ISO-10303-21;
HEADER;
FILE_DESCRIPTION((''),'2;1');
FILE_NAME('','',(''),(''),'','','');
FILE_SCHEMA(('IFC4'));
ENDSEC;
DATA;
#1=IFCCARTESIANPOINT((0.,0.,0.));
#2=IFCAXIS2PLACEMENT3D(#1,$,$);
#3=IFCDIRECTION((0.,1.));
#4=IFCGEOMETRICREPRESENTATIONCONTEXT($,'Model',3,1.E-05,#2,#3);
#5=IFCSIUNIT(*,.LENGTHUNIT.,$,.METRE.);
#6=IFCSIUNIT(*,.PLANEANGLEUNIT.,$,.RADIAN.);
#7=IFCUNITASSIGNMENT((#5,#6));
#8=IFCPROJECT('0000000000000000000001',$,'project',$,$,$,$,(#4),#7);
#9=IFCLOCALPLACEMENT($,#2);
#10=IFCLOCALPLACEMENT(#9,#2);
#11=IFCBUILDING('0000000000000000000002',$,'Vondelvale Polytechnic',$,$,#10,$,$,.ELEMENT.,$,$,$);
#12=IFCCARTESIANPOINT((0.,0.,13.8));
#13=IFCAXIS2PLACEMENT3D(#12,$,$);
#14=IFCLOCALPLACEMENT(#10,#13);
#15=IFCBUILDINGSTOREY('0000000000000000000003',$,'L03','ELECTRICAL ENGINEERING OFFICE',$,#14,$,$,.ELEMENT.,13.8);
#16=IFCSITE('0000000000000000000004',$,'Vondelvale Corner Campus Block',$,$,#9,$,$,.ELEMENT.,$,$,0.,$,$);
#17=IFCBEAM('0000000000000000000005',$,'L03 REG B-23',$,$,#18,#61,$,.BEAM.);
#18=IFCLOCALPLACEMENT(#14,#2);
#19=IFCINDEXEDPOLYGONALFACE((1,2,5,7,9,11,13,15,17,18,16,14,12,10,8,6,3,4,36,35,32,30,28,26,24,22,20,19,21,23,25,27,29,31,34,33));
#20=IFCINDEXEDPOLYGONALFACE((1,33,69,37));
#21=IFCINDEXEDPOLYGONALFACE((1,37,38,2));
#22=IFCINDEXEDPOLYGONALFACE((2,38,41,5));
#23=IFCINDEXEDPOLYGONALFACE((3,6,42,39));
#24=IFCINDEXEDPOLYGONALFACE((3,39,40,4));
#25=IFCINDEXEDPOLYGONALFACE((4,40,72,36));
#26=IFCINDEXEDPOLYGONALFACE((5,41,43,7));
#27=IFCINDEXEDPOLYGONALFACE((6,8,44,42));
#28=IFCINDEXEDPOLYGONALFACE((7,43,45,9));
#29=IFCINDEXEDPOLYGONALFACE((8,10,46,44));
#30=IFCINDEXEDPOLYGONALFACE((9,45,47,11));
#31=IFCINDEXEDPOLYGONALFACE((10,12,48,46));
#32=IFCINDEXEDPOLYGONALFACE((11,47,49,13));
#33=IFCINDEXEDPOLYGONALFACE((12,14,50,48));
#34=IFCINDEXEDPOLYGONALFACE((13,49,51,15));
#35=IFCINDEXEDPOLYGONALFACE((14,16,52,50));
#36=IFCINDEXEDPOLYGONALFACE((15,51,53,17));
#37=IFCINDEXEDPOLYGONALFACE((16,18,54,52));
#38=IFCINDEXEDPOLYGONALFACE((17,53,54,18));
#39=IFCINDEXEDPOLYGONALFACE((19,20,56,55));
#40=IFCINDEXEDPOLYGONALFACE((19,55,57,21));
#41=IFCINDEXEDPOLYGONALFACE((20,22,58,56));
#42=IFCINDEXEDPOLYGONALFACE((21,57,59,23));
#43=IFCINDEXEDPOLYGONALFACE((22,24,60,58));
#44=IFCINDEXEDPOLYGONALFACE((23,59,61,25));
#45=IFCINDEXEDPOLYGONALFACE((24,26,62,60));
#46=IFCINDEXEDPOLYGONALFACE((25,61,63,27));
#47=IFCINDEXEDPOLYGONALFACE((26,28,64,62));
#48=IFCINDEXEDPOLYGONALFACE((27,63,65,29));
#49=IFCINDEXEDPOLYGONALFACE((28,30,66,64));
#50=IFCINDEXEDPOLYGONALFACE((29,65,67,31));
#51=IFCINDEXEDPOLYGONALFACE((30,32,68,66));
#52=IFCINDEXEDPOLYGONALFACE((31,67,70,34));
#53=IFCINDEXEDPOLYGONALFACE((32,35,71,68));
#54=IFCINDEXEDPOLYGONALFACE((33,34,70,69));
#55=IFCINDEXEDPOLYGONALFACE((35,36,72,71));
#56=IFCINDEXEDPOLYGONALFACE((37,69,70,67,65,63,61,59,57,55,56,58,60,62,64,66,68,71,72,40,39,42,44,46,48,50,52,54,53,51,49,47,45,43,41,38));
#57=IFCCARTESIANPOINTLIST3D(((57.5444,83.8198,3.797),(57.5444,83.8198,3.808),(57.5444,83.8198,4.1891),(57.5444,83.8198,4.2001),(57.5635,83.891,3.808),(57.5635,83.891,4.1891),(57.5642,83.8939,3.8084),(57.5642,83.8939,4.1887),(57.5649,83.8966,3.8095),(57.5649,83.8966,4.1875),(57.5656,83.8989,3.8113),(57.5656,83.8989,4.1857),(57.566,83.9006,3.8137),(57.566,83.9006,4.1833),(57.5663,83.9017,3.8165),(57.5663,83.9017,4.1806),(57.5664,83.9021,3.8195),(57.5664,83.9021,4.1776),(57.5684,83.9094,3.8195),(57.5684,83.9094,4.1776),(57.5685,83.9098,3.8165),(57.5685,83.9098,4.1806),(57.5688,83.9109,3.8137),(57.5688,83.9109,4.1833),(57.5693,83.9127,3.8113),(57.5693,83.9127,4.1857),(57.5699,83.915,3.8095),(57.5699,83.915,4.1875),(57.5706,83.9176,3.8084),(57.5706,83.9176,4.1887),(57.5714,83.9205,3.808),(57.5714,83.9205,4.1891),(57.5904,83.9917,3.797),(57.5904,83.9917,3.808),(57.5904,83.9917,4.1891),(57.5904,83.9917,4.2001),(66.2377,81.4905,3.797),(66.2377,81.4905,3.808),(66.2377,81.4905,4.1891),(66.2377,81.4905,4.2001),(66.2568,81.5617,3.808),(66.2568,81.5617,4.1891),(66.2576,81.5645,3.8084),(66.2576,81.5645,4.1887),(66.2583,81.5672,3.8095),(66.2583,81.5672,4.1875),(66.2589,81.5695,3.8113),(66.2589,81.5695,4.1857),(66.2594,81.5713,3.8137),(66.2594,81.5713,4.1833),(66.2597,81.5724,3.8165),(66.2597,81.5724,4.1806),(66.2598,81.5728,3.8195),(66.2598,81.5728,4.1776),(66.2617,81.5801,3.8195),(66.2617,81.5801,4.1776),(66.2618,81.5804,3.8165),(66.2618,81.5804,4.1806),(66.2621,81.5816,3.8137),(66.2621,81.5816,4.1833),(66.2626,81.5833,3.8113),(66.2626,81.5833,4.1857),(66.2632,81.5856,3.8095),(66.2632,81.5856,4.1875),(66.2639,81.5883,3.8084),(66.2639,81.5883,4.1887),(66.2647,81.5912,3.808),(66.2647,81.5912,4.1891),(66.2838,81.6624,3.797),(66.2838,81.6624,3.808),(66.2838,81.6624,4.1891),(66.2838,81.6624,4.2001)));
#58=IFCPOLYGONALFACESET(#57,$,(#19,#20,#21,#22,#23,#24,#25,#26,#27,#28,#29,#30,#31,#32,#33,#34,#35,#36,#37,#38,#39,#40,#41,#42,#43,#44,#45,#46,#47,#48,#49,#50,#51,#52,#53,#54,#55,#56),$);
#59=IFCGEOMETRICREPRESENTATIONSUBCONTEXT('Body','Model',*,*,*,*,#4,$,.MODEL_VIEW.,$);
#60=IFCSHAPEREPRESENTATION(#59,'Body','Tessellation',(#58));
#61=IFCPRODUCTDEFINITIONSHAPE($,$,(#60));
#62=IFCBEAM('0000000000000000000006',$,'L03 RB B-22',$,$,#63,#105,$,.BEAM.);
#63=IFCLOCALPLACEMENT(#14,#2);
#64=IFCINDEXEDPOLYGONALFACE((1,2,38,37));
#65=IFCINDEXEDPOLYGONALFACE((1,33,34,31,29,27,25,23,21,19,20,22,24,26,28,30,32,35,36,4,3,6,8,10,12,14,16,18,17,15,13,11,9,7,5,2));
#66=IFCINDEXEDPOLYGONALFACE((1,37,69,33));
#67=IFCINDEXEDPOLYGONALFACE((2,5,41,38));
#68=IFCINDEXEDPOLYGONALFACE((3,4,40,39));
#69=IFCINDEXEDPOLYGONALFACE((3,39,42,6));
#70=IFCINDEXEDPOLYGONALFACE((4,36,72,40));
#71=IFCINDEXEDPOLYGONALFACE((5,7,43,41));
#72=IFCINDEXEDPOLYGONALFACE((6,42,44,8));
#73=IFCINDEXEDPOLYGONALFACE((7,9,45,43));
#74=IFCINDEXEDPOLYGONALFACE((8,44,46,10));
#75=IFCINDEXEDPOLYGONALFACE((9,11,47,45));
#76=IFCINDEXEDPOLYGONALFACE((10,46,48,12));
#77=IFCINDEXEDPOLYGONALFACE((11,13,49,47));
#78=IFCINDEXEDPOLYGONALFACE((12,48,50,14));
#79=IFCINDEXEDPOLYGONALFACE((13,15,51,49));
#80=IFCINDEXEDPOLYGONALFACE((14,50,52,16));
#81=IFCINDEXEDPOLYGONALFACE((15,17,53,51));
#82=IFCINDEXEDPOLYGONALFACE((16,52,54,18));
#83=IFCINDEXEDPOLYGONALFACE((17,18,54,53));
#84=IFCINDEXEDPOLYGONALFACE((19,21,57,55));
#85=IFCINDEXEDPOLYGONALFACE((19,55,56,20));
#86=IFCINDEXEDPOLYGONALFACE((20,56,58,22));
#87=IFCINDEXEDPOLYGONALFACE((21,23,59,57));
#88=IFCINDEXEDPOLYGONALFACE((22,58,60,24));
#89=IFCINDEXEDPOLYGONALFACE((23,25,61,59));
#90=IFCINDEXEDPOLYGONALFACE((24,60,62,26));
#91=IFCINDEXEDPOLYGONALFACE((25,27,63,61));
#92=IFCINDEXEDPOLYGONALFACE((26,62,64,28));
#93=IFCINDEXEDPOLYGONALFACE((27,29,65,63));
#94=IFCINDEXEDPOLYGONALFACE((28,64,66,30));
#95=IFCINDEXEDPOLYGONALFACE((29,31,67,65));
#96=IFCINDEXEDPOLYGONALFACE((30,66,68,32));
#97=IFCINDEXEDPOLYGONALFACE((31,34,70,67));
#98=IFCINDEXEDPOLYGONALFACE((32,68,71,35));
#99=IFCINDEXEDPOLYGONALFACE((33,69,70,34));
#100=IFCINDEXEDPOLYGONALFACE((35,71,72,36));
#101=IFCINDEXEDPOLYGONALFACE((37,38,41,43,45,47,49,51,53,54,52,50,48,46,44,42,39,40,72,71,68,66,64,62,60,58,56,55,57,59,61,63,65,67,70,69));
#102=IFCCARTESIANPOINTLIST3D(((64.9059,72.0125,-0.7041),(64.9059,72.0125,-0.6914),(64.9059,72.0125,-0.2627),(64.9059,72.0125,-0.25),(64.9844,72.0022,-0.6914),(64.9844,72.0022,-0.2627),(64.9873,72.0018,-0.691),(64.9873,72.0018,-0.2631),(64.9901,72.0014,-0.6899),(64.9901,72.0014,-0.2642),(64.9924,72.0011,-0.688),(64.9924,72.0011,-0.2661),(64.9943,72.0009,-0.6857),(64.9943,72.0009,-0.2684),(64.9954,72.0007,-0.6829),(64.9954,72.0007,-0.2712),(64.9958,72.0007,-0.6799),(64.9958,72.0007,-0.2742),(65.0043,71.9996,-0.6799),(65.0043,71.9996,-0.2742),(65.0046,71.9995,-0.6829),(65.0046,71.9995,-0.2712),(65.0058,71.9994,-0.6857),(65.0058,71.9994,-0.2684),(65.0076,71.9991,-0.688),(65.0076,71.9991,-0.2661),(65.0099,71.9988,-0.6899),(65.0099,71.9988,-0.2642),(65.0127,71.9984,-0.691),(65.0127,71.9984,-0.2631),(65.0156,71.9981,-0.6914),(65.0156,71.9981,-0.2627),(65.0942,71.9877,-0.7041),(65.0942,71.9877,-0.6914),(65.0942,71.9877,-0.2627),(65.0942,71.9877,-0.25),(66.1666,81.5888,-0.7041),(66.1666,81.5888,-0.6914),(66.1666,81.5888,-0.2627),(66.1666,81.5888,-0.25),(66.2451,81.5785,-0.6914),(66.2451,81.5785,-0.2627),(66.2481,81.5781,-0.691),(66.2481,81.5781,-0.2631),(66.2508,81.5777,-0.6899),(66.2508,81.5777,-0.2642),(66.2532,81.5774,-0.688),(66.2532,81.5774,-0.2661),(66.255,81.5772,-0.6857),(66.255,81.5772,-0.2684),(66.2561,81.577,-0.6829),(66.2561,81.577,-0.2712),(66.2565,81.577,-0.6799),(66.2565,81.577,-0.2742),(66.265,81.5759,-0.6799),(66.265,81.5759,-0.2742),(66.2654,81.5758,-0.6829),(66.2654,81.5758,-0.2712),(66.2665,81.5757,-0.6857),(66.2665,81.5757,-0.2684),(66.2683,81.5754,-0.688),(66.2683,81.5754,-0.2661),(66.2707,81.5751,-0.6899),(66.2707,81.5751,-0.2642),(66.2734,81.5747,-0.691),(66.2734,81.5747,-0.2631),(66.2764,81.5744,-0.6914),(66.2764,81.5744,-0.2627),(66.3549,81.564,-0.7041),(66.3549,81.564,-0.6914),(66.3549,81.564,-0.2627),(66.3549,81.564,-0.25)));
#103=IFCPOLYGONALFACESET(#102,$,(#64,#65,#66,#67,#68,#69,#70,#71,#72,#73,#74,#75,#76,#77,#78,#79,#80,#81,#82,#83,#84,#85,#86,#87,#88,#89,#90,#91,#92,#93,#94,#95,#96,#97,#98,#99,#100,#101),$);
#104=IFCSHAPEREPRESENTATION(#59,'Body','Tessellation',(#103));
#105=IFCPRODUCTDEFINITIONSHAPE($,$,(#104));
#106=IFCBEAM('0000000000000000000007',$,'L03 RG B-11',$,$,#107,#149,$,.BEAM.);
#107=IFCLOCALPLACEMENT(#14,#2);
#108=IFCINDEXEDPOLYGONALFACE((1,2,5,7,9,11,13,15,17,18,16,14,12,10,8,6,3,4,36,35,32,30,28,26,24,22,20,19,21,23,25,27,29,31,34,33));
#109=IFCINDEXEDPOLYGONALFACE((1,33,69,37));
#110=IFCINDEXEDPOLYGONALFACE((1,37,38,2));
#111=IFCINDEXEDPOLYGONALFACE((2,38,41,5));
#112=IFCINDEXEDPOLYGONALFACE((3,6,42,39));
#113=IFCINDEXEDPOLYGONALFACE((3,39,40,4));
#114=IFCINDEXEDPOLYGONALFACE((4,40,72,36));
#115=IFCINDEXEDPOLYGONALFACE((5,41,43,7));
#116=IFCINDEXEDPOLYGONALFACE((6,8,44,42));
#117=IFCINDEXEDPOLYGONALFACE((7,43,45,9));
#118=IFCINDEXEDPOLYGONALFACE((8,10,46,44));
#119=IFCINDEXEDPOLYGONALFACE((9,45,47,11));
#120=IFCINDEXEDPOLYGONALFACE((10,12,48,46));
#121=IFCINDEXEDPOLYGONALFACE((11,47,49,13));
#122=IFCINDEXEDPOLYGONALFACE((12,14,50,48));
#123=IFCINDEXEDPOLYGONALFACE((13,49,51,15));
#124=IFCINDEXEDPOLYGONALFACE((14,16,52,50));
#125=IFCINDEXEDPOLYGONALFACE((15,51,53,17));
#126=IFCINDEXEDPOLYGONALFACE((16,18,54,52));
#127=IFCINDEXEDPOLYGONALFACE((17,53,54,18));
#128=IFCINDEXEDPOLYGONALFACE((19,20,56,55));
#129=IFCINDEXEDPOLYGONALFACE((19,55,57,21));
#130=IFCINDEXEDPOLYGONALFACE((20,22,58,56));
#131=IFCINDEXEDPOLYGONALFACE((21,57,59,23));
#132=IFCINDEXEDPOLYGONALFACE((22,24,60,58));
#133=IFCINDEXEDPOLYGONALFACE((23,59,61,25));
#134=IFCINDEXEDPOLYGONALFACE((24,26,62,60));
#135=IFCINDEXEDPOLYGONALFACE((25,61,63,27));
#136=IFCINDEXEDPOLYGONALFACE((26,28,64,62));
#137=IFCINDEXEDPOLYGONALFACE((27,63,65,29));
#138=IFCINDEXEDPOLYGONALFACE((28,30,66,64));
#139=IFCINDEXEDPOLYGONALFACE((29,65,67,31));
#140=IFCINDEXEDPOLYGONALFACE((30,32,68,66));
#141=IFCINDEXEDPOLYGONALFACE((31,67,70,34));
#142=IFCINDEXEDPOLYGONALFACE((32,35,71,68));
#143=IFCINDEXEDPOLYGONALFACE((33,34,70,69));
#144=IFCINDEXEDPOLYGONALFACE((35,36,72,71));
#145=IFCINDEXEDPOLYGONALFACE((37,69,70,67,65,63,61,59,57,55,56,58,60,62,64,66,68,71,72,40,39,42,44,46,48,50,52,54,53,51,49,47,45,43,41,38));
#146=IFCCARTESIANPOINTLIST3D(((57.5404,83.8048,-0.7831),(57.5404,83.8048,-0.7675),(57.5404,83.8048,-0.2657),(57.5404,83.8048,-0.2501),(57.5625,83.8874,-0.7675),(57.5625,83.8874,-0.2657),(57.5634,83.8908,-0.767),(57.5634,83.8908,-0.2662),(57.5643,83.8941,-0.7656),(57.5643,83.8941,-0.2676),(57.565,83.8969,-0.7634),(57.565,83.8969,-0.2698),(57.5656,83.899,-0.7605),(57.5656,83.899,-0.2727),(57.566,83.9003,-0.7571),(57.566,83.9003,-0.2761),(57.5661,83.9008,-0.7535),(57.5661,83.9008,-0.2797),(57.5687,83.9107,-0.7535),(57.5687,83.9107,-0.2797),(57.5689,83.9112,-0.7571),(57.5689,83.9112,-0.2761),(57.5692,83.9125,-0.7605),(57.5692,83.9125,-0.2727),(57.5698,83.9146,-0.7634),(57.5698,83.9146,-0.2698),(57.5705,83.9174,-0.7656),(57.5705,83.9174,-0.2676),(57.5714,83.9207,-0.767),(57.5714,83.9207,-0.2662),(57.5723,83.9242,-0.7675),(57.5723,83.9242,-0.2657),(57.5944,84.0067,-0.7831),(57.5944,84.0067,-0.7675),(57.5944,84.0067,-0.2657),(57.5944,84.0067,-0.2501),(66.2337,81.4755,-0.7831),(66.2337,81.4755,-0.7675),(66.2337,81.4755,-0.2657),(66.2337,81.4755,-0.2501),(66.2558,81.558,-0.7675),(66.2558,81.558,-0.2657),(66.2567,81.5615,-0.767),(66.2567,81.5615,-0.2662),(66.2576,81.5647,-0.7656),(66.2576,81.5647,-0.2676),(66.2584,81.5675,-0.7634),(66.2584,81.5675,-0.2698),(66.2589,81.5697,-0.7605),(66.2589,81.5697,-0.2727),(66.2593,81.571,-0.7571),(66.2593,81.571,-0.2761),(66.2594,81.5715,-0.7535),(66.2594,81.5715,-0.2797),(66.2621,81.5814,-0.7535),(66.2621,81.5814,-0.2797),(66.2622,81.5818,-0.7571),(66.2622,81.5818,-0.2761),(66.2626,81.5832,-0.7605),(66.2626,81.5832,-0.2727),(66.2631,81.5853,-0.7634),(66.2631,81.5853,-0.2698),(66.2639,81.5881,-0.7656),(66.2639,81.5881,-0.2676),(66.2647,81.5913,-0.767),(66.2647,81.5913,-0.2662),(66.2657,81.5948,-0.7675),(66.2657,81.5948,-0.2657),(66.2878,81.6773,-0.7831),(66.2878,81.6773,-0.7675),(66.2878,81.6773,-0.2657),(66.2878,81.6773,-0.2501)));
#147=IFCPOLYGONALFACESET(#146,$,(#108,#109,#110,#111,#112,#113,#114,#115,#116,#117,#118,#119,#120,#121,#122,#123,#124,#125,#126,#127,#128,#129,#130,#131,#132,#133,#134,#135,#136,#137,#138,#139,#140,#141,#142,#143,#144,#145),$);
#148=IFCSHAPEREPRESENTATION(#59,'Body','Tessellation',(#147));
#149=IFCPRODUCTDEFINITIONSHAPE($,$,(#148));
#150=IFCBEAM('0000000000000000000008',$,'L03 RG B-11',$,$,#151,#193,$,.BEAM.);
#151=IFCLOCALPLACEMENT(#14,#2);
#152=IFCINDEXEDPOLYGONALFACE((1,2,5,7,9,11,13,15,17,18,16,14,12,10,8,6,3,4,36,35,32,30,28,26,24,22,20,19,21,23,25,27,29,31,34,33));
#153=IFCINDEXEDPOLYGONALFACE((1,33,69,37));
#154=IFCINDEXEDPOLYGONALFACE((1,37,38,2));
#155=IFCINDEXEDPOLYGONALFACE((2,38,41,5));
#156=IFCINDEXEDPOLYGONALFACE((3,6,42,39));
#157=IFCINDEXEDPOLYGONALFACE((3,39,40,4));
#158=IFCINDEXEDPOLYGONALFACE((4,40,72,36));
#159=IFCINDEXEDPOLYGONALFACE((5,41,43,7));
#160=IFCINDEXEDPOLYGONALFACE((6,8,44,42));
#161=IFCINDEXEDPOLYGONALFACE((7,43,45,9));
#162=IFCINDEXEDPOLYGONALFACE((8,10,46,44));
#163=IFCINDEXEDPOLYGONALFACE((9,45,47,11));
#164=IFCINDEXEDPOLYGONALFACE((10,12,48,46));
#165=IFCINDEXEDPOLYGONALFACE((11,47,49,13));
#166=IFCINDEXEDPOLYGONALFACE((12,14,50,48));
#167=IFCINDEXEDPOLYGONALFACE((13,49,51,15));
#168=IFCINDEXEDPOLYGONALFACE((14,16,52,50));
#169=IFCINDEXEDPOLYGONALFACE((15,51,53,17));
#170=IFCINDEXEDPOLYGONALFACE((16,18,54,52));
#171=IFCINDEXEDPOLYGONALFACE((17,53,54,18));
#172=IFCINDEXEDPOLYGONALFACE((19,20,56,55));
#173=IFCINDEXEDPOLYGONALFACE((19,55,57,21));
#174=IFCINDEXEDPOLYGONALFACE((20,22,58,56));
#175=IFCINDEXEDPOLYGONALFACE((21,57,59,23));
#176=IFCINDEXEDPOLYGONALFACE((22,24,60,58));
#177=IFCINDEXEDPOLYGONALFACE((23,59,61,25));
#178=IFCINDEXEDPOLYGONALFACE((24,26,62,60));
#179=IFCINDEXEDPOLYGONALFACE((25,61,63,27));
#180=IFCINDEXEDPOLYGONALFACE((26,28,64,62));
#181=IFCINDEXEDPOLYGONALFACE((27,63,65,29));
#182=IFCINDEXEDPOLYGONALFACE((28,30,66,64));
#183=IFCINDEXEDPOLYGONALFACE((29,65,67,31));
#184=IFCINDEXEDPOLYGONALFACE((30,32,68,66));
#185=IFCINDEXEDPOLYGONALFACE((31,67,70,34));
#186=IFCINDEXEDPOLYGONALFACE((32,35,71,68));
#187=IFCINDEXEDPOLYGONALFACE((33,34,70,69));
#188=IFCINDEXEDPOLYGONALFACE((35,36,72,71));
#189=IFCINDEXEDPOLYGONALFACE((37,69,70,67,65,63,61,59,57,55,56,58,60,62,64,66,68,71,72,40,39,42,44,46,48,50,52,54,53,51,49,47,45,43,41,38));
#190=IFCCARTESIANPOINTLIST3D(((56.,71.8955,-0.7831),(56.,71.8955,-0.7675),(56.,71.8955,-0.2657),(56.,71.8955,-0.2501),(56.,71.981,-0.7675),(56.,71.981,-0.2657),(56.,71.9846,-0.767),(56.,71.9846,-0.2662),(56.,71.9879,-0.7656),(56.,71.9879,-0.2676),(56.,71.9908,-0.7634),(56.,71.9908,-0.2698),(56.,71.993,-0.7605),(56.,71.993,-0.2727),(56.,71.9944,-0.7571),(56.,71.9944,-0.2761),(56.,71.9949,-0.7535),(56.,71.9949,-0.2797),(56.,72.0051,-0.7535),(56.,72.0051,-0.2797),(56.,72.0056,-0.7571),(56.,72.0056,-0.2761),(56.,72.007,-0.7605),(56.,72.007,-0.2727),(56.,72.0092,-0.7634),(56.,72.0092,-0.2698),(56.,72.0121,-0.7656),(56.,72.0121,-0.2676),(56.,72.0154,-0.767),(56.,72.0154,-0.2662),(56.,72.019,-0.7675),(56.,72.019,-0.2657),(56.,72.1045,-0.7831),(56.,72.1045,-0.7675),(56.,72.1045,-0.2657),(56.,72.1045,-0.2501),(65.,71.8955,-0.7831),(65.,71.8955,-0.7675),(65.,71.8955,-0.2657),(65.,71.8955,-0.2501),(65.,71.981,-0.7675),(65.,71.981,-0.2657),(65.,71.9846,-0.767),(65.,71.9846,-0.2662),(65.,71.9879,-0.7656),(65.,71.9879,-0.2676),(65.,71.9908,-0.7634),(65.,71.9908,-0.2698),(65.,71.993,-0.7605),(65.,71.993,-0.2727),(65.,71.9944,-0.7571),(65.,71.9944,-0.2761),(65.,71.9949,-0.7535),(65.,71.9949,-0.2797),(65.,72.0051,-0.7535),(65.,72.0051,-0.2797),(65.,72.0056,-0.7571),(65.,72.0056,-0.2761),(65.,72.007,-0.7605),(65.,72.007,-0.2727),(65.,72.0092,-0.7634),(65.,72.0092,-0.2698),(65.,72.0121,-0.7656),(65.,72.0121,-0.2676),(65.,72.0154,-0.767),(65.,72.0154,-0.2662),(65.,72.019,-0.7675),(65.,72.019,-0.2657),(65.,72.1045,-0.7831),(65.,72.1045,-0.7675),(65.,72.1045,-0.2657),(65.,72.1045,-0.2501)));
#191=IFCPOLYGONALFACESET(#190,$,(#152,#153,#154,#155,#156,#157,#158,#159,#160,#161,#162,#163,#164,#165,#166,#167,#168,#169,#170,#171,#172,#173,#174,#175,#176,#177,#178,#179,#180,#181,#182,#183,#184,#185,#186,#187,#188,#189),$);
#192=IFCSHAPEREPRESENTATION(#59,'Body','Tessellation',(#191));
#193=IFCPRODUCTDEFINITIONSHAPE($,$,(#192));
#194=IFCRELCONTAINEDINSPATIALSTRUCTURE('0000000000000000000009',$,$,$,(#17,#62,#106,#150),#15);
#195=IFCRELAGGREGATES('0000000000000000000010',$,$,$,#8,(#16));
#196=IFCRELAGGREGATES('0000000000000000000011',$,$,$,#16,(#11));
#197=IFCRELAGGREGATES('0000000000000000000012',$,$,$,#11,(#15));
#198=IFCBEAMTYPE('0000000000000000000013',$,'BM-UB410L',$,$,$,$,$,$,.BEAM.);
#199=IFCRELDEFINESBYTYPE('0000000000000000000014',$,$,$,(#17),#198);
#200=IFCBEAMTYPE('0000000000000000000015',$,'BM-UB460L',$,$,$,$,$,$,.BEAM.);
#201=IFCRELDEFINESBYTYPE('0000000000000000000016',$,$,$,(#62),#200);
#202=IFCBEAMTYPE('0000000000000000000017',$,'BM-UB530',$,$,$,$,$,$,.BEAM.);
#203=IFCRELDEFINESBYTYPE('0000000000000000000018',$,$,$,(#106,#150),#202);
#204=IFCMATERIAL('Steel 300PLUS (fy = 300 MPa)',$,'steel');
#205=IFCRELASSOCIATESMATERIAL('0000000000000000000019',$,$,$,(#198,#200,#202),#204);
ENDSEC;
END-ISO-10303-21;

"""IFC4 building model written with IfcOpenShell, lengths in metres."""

from ifc_helpers import new_model, si_unit, direction, frame, origin, origin_2d, place, context, subcontext, project, spatial, i_section, extrude, material, material_profile, profile_set, type_object, element, save


model = new_model("IFC4")

# Units and contexts
model_context = context("Model", 3, precision=1e-05, world=origin(), true_north=direction((0.0, 1.0)))
body_context = subcontext(model_context, "Body", "Model", "MODEL_VIEW")
ifc_project = project(units=[si_unit("LENGTHUNIT", "METRE"), si_unit("PLANEANGLEUNIT", "RADIAN")], contexts=[model_context])

# Site, building, storey
site_placement = place(None, origin())
site = spatial("IfcSite", under=ifc_project, at=site_placement, Name="Vondelvale Corner Campus Block", CompositionType="ELEMENT", RefElevation=0.0)
building_placement = place(site_placement, origin())
building = spatial("IfcBuilding", under=site, at=building_placement, Name="Vondelvale Polytechnic", CompositionType="ELEMENT")
storey_placement = place(building_placement, frame((0.0, 0.0, 13.8)))
storey = spatial("IfcBuildingStorey", under=building, at=storey_placement, Name="L03", Description="ELECTRICAL ENGINEERING OFFICE", CompositionType="ELEMENT", Elevation=13.8)

# Shared definitions
ifc_material_1 = material(Name="Steel 300PLUS (fy = 300 MPa)", Category="steel")

# Beams
ifc_material_profile_1 = material_profile(ifc_material_1, i_section(OverallWidth=0.178, OverallDepth=0.4031, WebThickness=0.0076, FlangeThickness=0.011, FilletRadius=0.0115, at=origin_2d()), Name="410UB53.7")
ifc_profile_set_1 = profile_set([ifc_material_profile_1], Name="Steel 300PLUS (fy = 300 MPa)")
beam_type_1 = type_object("IfcBeamType", Name="BM-UB410L", PredefinedType="BEAM", material=ifc_profile_set_1)
beam_1_placement = place(storey_placement, frame((66.2607, 81.5764, 3.9985), z_axis=(-0.965927, 0.258816, 0.0), x_axis=(-0.258816, -0.965927, 0.0)))
element("IfcBeam", 1, at=beam_1_placement, inside=storey, type_object=beam_type_1, Name="L03 REG B-23", PredefinedType="BEAM", context=body_context, shape_type="SweptSolid", body=[
    extrude(i_section(OverallWidth=0.178, OverallDepth=0.4031, WebThickness=0.0076, FlangeThickness=0.011, FilletRadius=0.0115, at=origin_2d()), origin(), (0.0, 0.0, 1.0), 9.0),
])
ifc_material_profile_2 = material_profile(ifc_material_1, i_section(OverallWidth=0.1899, OverallDepth=0.4541, WebThickness=0.0085, FlangeThickness=0.0127, FilletRadius=0.0115, at=origin_2d()), Name="460UB67.1")
ifc_profile_set_2 = profile_set([ifc_material_profile_2], Name="Steel 300PLUS (fy = 300 MPa)")
beam_type_2 = type_object("IfcBeamType", Name="BM-UB460L", PredefinedType="BEAM", material=ifc_profile_set_2)
beam_2_placement = place(storey_placement, frame((66.2607, 81.5764, -0.4771), z_axis=(-0.130524, -0.991445, 0.0), x_axis=(0.991445, -0.130524, 0.0)))
element("IfcBeam", 2, at=beam_2_placement, inside=storey, type_object=beam_type_2, Name="L03 RB B-22", PredefinedType="BEAM", context=body_context, shape_type="SweptSolid", body=[
    extrude(i_section(OverallWidth=0.1899, OverallDepth=0.4541, WebThickness=0.0085, FlangeThickness=0.0127, FilletRadius=0.0115, at=origin_2d()), origin(), (0.0, 0.0, 1.0), 9.6589),
])
ifc_material_profile_3 = material_profile(ifc_material_1, i_section(OverallWidth=0.209, OverallDepth=0.533, WebThickness=0.0103, FlangeThickness=0.0156, FilletRadius=0.0139, at=origin_2d()), Name="530UB92.4")
ifc_profile_set_3 = profile_set([ifc_material_profile_3], Name="Steel 300PLUS (fy = 300 MPa)")
beam_type_3 = type_object("IfcBeamType", Name="BM-UB530", PredefinedType="BEAM", material=ifc_profile_set_3)
for number, where, z_axis, x_axis, name in (
    (3, (66.2607, 81.5764, -0.5166), (-0.965927, 0.258816, 0.0), (-0.258816, -0.965927, 0.0), "L03 RG B-11"),
    (4, (65.0, 72.0, -0.5166), (-1.0, 0.0, 0.0), (0.0, -1.0, 0.0), "L03 RG B-11"),
):
    element("IfcBeam", number, at=place(storey_placement, frame(where, z_axis=z_axis, x_axis=x_axis)), inside=storey, type_object=beam_type_3, Name=name, PredefinedType="BEAM", context=body_context, shape_type="SweptSolid", body=[
        extrude(i_section(OverallWidth=0.209, OverallDepth=0.533, WebThickness=0.0103, FlangeThickness=0.0156, FilletRadius=0.0139, at=origin_2d()), origin(), (0.0, 0.0, 1.0), 9.0),
    ])

save(model, "model.ifc")
